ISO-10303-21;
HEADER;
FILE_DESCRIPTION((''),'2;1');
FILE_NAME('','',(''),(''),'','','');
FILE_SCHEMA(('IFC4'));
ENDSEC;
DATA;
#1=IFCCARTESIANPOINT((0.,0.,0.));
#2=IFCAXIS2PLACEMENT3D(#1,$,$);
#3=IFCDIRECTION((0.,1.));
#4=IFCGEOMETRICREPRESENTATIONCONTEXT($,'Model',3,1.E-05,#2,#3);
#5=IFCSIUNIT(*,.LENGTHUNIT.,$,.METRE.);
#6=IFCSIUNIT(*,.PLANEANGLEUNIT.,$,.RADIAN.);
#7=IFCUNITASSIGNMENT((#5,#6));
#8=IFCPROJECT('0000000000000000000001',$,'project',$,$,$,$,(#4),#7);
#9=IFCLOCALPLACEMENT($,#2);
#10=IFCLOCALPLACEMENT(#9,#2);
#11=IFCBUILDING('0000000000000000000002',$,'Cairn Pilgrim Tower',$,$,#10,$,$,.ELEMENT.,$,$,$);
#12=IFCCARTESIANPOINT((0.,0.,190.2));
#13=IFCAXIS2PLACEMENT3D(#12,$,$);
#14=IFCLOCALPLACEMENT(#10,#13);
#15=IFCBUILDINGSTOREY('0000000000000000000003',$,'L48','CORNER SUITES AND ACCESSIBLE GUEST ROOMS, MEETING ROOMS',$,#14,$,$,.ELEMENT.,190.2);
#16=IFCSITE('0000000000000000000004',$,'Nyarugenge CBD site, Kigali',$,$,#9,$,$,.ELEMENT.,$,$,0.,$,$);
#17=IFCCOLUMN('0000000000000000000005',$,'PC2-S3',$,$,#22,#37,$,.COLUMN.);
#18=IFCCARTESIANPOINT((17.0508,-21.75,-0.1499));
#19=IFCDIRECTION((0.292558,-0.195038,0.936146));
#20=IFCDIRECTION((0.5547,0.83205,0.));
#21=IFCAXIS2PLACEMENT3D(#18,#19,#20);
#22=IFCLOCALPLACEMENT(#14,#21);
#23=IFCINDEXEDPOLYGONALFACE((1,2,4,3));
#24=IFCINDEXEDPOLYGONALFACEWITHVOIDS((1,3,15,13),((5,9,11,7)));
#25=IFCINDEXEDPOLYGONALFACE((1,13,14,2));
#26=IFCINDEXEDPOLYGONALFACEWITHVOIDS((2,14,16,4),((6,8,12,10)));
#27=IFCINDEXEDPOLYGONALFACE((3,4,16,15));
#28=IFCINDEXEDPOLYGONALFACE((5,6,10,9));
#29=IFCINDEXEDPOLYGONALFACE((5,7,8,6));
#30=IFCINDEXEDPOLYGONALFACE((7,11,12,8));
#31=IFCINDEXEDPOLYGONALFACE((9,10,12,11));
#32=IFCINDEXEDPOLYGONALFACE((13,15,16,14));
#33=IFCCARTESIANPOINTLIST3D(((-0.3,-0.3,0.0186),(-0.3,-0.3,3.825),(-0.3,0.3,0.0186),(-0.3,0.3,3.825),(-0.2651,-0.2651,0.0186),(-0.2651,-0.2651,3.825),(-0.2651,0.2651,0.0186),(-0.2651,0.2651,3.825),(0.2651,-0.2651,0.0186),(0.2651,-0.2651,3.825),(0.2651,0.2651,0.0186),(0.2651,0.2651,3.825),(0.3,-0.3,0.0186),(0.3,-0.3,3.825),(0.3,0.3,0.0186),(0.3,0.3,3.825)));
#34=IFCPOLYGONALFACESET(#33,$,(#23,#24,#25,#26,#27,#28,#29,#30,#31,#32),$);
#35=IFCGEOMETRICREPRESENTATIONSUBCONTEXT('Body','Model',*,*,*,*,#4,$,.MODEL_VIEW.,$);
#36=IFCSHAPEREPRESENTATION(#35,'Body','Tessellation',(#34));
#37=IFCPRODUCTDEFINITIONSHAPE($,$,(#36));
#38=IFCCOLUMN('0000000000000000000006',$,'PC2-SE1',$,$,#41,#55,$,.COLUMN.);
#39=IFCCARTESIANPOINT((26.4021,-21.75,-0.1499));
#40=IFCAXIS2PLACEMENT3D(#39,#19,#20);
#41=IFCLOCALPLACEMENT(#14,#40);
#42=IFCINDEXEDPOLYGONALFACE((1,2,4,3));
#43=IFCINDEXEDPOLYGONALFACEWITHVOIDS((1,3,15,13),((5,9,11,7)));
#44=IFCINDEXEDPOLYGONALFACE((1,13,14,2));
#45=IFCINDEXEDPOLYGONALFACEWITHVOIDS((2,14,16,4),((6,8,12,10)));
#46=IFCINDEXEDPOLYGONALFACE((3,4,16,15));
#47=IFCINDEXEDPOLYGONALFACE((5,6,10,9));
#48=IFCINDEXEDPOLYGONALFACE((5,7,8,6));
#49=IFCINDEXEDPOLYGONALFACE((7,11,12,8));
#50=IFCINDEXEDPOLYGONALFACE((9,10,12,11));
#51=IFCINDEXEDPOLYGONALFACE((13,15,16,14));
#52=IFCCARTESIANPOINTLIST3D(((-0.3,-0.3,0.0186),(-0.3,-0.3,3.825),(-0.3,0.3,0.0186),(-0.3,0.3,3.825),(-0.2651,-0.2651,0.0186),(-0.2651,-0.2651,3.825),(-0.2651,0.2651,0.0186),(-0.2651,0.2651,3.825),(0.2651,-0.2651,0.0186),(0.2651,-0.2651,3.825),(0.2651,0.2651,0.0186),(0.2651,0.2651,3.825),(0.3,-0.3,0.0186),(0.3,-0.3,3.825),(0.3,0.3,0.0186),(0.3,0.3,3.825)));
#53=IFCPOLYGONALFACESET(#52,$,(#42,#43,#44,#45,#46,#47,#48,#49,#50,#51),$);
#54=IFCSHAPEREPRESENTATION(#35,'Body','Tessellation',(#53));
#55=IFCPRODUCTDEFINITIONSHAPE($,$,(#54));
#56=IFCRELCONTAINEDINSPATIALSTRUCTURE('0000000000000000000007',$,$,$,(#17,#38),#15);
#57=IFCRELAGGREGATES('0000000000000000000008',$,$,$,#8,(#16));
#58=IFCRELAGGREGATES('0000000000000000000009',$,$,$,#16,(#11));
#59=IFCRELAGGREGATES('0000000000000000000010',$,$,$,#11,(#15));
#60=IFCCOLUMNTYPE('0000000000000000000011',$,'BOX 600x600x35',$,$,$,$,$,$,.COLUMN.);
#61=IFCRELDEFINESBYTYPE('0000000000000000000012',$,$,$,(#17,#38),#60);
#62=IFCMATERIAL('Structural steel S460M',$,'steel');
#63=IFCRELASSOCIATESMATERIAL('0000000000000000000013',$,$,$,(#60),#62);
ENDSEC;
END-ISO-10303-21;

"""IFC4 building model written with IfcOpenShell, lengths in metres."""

from ifc_helpers import new_model, si_unit, direction, frame, origin, origin_2d, place, context, subcontext, project, spatial, hollow_rectangle, extrude, clip, halfspace, material, material_profile, profile_set, type_object, element, save


model = new_model("IFC4")

# Units and contexts
model_context = context("Model", 3, precision=1e-05, world=origin(), true_north=direction((0.0, 1.0)))
body_context = subcontext(model_context, "Body", "Model", "MODEL_VIEW")
ifc_project = project(units=[si_unit("LENGTHUNIT", "METRE"), si_unit("PLANEANGLEUNIT", "RADIAN")], contexts=[model_context])

# Site, building, storey
site_placement = place(None, origin())
site = spatial("IfcSite", under=ifc_project, at=site_placement, Name="Nyarugenge CBD site, Kigali", CompositionType="ELEMENT", RefElevation=0.0)
building_placement = place(site_placement, origin())
building = spatial("IfcBuilding", under=site, at=building_placement, Name="Cairn Pilgrim Tower", CompositionType="ELEMENT")
storey_placement = place(building_placement, frame((0.0, 0.0, 190.2)))
storey = spatial("IfcBuildingStorey", under=building, at=storey_placement, Name="L48", Description="CORNER SUITES AND ACCESSIBLE GUEST ROOMS, MEETING ROOMS", CompositionType="ELEMENT", Elevation=190.2)

# Columns
ifc_material_1 = material(Name="Structural steel S460M", Category="steel")
ifc_material_profile_1 = material_profile(ifc_material_1, hollow_rectangle(XDim=0.6001, YDim=0.6001, WallThickness=0.0349, at=origin_2d()), Name="BOX 600x600x35")
ifc_profile_set_1 = profile_set([ifc_material_profile_1], Name="Structural steel S460M")
column_type = type_object("IfcColumnType", Name="BOX 600x600x35", PredefinedType="COLUMN", material=ifc_profile_set_1)
for number, where, z_axis, x_axis, name in (
    (1, (17.0508, -21.75, -0.1499), (0.292558, -0.195038, 0.936146), (0.5547, 0.83205, 0.0), "PC2-S3"),
    (2, (26.4021, -21.75, -0.1499), (0.292558, -0.195038, 0.936146), (0.5547, 0.83205, 0.0), "PC2-SE1"),
):
    element("IfcColumn", number, at=place(storey_placement, frame(where, z_axis=z_axis, x_axis=x_axis)), inside=storey, type_object=column_type, Name=name, PredefinedType="COLUMN", context=body_context, shape_type="Clipping", body=[
        clip(clip(extrude(hollow_rectangle(XDim=0.6001, YDim=0.6001, WallThickness=0.0349, at=origin_2d()), origin(), (0.0, 0.0, 1.0), 3.8455), halfspace(frame((0.0, 0.0, 0.0186), z_axis=(0.0, 0.0, 1.0), x_axis=(1.0, 0.0, 0.0)), True)), halfspace(frame((0.0, 0.0, 3.825), z_axis=(0.0, 0.0, 1.0), x_axis=(1.0, 0.0, 0.0)), False)),
    ])

save(model, "model.ifc")
